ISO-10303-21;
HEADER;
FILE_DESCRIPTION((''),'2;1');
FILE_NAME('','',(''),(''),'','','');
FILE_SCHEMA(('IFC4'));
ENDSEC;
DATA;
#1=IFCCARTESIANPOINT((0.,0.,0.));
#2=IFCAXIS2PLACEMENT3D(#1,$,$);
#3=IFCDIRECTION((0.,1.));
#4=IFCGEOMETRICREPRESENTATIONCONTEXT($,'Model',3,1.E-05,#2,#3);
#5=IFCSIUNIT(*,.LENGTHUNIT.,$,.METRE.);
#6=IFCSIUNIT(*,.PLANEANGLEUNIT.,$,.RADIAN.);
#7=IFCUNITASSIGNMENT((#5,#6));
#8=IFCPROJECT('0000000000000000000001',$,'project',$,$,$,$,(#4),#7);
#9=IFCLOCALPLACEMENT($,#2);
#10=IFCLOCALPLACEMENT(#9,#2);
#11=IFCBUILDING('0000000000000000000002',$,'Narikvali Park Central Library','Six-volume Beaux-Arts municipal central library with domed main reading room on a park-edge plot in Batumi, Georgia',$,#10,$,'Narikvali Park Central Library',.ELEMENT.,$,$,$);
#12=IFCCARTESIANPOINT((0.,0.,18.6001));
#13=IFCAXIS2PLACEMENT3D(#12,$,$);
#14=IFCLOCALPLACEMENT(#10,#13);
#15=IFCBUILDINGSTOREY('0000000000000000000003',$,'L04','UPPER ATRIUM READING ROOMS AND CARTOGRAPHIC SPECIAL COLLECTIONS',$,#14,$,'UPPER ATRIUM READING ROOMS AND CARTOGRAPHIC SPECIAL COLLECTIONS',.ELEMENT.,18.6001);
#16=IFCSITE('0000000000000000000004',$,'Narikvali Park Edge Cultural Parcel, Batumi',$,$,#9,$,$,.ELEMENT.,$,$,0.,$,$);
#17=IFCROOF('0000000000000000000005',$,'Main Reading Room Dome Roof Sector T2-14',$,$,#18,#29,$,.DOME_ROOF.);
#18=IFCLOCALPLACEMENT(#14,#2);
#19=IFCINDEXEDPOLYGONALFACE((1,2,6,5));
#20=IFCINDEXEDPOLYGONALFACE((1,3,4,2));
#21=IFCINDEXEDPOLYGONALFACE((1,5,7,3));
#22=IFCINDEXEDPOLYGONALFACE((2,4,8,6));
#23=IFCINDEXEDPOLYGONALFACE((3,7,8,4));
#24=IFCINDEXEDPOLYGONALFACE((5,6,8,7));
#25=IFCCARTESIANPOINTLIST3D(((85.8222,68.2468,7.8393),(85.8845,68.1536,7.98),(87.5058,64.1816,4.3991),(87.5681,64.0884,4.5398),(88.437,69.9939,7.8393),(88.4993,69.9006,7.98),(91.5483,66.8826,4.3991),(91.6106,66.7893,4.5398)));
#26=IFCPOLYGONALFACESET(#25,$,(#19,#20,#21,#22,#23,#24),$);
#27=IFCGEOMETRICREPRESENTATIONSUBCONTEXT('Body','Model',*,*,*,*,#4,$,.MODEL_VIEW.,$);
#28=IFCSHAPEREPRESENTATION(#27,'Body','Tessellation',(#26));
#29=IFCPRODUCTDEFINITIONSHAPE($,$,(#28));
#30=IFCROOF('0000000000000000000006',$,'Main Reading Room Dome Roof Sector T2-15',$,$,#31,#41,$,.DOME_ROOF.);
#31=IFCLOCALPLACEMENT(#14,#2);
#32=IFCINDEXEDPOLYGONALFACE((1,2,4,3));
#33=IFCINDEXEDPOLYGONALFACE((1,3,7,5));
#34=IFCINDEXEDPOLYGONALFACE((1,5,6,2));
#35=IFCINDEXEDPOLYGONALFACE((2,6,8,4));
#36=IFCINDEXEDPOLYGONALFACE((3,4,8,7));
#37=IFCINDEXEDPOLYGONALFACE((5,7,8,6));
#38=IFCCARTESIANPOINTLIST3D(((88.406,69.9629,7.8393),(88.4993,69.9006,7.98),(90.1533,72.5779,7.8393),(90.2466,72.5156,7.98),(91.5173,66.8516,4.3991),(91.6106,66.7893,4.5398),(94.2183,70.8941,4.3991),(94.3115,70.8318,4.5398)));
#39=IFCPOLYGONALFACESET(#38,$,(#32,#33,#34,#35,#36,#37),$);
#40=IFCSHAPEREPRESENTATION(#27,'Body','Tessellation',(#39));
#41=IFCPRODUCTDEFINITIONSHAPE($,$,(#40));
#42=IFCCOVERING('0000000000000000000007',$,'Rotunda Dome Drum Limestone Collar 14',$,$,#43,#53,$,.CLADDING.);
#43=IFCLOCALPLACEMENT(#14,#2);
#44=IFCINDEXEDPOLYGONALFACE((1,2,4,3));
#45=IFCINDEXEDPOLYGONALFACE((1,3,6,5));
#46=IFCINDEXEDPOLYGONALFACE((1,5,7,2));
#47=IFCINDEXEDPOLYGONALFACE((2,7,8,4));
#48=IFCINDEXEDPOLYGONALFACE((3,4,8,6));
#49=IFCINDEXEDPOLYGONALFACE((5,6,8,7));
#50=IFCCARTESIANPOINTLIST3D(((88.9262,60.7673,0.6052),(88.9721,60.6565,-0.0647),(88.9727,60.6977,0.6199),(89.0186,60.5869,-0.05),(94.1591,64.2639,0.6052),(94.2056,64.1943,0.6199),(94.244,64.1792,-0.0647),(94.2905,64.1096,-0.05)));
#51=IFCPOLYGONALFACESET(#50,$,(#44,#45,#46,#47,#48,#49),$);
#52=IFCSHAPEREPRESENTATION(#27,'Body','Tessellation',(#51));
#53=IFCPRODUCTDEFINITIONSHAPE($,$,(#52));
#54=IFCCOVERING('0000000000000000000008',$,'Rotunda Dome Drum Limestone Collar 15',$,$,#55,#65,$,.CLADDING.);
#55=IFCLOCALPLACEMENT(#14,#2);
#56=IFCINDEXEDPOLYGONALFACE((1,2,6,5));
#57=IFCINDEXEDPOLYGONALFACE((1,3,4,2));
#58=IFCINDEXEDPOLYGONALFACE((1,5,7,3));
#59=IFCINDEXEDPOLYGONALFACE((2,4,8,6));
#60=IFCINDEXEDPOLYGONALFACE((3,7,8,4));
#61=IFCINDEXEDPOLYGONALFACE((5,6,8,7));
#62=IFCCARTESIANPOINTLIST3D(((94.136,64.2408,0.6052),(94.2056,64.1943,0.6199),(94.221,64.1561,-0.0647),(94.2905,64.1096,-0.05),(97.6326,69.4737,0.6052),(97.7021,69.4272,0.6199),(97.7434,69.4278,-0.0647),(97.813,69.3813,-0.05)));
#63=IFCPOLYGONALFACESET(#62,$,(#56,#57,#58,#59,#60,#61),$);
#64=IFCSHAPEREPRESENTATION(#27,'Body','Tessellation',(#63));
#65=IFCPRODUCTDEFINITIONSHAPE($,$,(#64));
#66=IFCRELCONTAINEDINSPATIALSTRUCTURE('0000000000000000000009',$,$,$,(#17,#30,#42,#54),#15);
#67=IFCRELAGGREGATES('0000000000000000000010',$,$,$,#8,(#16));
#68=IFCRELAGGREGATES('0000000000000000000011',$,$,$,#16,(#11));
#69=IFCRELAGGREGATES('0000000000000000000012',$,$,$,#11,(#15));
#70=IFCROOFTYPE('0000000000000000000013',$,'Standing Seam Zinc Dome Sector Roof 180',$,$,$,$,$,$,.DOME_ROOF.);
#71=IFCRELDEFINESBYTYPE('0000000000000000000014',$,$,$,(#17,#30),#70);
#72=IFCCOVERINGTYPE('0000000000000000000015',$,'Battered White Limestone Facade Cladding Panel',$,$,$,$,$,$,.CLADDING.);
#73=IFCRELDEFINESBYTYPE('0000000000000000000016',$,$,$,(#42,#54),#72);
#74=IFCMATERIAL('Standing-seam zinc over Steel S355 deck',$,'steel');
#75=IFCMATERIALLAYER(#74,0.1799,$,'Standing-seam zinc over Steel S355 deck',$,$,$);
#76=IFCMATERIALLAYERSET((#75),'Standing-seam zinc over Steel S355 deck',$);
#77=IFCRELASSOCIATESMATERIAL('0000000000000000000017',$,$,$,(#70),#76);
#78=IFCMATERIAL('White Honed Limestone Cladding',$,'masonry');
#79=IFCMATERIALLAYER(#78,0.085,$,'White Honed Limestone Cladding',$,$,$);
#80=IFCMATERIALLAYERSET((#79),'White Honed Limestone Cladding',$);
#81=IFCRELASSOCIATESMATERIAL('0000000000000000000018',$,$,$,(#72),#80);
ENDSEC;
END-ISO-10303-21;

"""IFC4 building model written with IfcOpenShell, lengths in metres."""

from ifc_helpers import new_model, si_unit, direction, frame, origin, place, context, subcontext, project, spatial, polyline, outline, extrude, material, layer, layer_set, type_object, element, save


model = new_model("IFC4")

# Units and contexts
model_context = context("Model", 3, precision=1e-05, world=origin(), true_north=direction((0.0, 1.0)))
body_context = subcontext(model_context, "Body", "Model", "MODEL_VIEW")
ifc_project = project(units=[si_unit("LENGTHUNIT", "METRE"), si_unit("PLANEANGLEUNIT", "RADIAN")], contexts=[model_context])

# Site, building, storey
site_placement = place(None, origin())
site = spatial("IfcSite", under=ifc_project, at=site_placement, Name="Narikvali Park Edge Cultural Parcel, Batumi", CompositionType="ELEMENT", RefElevation=0.0)
building_placement = place(site_placement, origin())
building = spatial("IfcBuilding", under=site, at=building_placement, Name="Narikvali Park Central Library", Description="Six-volume Beaux-Arts municipal central library with domed main reading room on a park-edge plot in Batumi, Georgia", LongName="Narikvali Park Central Library", CompositionType="ELEMENT")
storey_placement = place(building_placement, frame((0.0, 0.0, 18.6001)))
storey = spatial("IfcBuildingStorey", under=building, at=storey_placement, Name="L04", Description="UPPER ATRIUM READING ROOMS AND CARTOGRAPHIC SPECIAL COLLECTIONS", LongName="UPPER ATRIUM READING ROOMS AND CARTOGRAPHIC SPECIAL COLLECTIONS", CompositionType="ELEMENT", Elevation=18.6001)

# Roofs
ifc_material_1 = material(Name="Standing-seam zinc over Steel S355 deck", Category="steel")
ifc_layer_1 = layer(ifc_material_1, 0.1799, Name="Standing-seam zinc over Steel S355 deck")
ifc_layer_set_1 = layer_set([ifc_layer_1], Name="Standing-seam zinc over Steel S355 deck")
roof_type = type_object("IfcRoofType", Name="Standing Seam Zinc Dome Sector Roof 180", PredefinedType="DOME_ROOF", material=ifc_layer_set_1)
roof_1_placement = place(storey_placement, frame((87.5681, 64.0884, 4.5398), z_axis=(0.346301, -0.518301, 0.781946), x_axis=(0.831484, 0.555548, -0.000003)))
element("IfcRoof", 1, at=roof_1_placement, inside=storey, type_object=roof_type, Name="Main Reading Room Dome Roof Sector T2-14", PredefinedType="DOME_ROOF", context=body_context, shape_type="SweptSolid", body=[
    extrude(outline(polyline([(0.0, 0.0), (4.8618, 0.0), (4.0032, 5.5189), (0.8585, 5.5189), (0.0, 0.0)])), origin(), (0.0, 0.0, -1.0), 0.1799),
])
roof_2_placement = place(storey_placement, frame((91.6106, 66.7893, 4.5398), z_axis=(0.518301, -0.346307, 0.781944), x_axis=(0.555551, 0.831483, 0.000007)))
element("IfcRoof", 2, at=roof_2_placement, inside=storey, type_object=roof_type, Name="Main Reading Room Dome Roof Sector T2-15", PredefinedType="DOME_ROOF", context=body_context, shape_type="SweptSolid", body=[
    extrude(outline(polyline([(0.0, 0.0), (4.8618, 0.0), (4.0036, 5.5188), (0.8585, 5.5189), (0.0, 0.0)])), origin(), (0.0, 0.0, -1.0), 0.1799),
])

# Coverings
ifc_material_2 = material(Name="White Honed Limestone Cladding", Category="masonry")
ifc_layer_2 = layer(ifc_material_2, 0.085, Name="White Honed Limestone Cladding")
ifc_layer_set_2 = layer_set([ifc_layer_2], Name="White Honed Limestone Cladding")
covering_type = type_object("IfcCoveringType", Name="Battered White Limestone Facade Cladding Panel", PredefinedType="CLADDING", material=ifc_layer_set_2)
covering_1_placement = place(storey_placement, frame((89.0186, 60.5869, -0.05), z_axis=(0.547204, -0.818931, 0.172971), x_axis=(0.831464, 0.555578, 0.0)))
element("IfcCovering", 3, at=covering_1_placement, inside=storey, type_object=covering_type, Name="Rotunda Dome Drum Limestone Collar 14", PredefinedType="CLADDING", context=body_context, shape_type="SweptSolid", body=[
    extrude(outline(polyline([(0.0, 0.0), (6.3406, 0.0), (6.317, 0.6802), (0.0234, 0.6802), (0.0, 0.0)])), origin(), (0.0, 0.0, -1.0), 0.085),
])
covering_2_placement = place(storey_placement, frame((94.2905, 64.1096, -0.05), z_axis=(0.818927, -0.547195, 0.173019), x_axis=(0.555574, 0.831467, 0.000001)))
element("IfcCovering", 4, at=covering_2_placement, inside=storey, type_object=covering_type, Name="Rotunda Dome Drum Limestone Collar 15", PredefinedType="CLADDING", context=body_context, shape_type="SweptSolid", body=[
    extrude(outline(polyline([(0.0, 0.0), (6.3403, 0.0), (6.3168, 0.6802), (0.0232, 0.6802), (0.0, 0.0)])), origin(), (0.0, 0.0, -1.0), 0.085),
])

save(model, "model.ifc")
